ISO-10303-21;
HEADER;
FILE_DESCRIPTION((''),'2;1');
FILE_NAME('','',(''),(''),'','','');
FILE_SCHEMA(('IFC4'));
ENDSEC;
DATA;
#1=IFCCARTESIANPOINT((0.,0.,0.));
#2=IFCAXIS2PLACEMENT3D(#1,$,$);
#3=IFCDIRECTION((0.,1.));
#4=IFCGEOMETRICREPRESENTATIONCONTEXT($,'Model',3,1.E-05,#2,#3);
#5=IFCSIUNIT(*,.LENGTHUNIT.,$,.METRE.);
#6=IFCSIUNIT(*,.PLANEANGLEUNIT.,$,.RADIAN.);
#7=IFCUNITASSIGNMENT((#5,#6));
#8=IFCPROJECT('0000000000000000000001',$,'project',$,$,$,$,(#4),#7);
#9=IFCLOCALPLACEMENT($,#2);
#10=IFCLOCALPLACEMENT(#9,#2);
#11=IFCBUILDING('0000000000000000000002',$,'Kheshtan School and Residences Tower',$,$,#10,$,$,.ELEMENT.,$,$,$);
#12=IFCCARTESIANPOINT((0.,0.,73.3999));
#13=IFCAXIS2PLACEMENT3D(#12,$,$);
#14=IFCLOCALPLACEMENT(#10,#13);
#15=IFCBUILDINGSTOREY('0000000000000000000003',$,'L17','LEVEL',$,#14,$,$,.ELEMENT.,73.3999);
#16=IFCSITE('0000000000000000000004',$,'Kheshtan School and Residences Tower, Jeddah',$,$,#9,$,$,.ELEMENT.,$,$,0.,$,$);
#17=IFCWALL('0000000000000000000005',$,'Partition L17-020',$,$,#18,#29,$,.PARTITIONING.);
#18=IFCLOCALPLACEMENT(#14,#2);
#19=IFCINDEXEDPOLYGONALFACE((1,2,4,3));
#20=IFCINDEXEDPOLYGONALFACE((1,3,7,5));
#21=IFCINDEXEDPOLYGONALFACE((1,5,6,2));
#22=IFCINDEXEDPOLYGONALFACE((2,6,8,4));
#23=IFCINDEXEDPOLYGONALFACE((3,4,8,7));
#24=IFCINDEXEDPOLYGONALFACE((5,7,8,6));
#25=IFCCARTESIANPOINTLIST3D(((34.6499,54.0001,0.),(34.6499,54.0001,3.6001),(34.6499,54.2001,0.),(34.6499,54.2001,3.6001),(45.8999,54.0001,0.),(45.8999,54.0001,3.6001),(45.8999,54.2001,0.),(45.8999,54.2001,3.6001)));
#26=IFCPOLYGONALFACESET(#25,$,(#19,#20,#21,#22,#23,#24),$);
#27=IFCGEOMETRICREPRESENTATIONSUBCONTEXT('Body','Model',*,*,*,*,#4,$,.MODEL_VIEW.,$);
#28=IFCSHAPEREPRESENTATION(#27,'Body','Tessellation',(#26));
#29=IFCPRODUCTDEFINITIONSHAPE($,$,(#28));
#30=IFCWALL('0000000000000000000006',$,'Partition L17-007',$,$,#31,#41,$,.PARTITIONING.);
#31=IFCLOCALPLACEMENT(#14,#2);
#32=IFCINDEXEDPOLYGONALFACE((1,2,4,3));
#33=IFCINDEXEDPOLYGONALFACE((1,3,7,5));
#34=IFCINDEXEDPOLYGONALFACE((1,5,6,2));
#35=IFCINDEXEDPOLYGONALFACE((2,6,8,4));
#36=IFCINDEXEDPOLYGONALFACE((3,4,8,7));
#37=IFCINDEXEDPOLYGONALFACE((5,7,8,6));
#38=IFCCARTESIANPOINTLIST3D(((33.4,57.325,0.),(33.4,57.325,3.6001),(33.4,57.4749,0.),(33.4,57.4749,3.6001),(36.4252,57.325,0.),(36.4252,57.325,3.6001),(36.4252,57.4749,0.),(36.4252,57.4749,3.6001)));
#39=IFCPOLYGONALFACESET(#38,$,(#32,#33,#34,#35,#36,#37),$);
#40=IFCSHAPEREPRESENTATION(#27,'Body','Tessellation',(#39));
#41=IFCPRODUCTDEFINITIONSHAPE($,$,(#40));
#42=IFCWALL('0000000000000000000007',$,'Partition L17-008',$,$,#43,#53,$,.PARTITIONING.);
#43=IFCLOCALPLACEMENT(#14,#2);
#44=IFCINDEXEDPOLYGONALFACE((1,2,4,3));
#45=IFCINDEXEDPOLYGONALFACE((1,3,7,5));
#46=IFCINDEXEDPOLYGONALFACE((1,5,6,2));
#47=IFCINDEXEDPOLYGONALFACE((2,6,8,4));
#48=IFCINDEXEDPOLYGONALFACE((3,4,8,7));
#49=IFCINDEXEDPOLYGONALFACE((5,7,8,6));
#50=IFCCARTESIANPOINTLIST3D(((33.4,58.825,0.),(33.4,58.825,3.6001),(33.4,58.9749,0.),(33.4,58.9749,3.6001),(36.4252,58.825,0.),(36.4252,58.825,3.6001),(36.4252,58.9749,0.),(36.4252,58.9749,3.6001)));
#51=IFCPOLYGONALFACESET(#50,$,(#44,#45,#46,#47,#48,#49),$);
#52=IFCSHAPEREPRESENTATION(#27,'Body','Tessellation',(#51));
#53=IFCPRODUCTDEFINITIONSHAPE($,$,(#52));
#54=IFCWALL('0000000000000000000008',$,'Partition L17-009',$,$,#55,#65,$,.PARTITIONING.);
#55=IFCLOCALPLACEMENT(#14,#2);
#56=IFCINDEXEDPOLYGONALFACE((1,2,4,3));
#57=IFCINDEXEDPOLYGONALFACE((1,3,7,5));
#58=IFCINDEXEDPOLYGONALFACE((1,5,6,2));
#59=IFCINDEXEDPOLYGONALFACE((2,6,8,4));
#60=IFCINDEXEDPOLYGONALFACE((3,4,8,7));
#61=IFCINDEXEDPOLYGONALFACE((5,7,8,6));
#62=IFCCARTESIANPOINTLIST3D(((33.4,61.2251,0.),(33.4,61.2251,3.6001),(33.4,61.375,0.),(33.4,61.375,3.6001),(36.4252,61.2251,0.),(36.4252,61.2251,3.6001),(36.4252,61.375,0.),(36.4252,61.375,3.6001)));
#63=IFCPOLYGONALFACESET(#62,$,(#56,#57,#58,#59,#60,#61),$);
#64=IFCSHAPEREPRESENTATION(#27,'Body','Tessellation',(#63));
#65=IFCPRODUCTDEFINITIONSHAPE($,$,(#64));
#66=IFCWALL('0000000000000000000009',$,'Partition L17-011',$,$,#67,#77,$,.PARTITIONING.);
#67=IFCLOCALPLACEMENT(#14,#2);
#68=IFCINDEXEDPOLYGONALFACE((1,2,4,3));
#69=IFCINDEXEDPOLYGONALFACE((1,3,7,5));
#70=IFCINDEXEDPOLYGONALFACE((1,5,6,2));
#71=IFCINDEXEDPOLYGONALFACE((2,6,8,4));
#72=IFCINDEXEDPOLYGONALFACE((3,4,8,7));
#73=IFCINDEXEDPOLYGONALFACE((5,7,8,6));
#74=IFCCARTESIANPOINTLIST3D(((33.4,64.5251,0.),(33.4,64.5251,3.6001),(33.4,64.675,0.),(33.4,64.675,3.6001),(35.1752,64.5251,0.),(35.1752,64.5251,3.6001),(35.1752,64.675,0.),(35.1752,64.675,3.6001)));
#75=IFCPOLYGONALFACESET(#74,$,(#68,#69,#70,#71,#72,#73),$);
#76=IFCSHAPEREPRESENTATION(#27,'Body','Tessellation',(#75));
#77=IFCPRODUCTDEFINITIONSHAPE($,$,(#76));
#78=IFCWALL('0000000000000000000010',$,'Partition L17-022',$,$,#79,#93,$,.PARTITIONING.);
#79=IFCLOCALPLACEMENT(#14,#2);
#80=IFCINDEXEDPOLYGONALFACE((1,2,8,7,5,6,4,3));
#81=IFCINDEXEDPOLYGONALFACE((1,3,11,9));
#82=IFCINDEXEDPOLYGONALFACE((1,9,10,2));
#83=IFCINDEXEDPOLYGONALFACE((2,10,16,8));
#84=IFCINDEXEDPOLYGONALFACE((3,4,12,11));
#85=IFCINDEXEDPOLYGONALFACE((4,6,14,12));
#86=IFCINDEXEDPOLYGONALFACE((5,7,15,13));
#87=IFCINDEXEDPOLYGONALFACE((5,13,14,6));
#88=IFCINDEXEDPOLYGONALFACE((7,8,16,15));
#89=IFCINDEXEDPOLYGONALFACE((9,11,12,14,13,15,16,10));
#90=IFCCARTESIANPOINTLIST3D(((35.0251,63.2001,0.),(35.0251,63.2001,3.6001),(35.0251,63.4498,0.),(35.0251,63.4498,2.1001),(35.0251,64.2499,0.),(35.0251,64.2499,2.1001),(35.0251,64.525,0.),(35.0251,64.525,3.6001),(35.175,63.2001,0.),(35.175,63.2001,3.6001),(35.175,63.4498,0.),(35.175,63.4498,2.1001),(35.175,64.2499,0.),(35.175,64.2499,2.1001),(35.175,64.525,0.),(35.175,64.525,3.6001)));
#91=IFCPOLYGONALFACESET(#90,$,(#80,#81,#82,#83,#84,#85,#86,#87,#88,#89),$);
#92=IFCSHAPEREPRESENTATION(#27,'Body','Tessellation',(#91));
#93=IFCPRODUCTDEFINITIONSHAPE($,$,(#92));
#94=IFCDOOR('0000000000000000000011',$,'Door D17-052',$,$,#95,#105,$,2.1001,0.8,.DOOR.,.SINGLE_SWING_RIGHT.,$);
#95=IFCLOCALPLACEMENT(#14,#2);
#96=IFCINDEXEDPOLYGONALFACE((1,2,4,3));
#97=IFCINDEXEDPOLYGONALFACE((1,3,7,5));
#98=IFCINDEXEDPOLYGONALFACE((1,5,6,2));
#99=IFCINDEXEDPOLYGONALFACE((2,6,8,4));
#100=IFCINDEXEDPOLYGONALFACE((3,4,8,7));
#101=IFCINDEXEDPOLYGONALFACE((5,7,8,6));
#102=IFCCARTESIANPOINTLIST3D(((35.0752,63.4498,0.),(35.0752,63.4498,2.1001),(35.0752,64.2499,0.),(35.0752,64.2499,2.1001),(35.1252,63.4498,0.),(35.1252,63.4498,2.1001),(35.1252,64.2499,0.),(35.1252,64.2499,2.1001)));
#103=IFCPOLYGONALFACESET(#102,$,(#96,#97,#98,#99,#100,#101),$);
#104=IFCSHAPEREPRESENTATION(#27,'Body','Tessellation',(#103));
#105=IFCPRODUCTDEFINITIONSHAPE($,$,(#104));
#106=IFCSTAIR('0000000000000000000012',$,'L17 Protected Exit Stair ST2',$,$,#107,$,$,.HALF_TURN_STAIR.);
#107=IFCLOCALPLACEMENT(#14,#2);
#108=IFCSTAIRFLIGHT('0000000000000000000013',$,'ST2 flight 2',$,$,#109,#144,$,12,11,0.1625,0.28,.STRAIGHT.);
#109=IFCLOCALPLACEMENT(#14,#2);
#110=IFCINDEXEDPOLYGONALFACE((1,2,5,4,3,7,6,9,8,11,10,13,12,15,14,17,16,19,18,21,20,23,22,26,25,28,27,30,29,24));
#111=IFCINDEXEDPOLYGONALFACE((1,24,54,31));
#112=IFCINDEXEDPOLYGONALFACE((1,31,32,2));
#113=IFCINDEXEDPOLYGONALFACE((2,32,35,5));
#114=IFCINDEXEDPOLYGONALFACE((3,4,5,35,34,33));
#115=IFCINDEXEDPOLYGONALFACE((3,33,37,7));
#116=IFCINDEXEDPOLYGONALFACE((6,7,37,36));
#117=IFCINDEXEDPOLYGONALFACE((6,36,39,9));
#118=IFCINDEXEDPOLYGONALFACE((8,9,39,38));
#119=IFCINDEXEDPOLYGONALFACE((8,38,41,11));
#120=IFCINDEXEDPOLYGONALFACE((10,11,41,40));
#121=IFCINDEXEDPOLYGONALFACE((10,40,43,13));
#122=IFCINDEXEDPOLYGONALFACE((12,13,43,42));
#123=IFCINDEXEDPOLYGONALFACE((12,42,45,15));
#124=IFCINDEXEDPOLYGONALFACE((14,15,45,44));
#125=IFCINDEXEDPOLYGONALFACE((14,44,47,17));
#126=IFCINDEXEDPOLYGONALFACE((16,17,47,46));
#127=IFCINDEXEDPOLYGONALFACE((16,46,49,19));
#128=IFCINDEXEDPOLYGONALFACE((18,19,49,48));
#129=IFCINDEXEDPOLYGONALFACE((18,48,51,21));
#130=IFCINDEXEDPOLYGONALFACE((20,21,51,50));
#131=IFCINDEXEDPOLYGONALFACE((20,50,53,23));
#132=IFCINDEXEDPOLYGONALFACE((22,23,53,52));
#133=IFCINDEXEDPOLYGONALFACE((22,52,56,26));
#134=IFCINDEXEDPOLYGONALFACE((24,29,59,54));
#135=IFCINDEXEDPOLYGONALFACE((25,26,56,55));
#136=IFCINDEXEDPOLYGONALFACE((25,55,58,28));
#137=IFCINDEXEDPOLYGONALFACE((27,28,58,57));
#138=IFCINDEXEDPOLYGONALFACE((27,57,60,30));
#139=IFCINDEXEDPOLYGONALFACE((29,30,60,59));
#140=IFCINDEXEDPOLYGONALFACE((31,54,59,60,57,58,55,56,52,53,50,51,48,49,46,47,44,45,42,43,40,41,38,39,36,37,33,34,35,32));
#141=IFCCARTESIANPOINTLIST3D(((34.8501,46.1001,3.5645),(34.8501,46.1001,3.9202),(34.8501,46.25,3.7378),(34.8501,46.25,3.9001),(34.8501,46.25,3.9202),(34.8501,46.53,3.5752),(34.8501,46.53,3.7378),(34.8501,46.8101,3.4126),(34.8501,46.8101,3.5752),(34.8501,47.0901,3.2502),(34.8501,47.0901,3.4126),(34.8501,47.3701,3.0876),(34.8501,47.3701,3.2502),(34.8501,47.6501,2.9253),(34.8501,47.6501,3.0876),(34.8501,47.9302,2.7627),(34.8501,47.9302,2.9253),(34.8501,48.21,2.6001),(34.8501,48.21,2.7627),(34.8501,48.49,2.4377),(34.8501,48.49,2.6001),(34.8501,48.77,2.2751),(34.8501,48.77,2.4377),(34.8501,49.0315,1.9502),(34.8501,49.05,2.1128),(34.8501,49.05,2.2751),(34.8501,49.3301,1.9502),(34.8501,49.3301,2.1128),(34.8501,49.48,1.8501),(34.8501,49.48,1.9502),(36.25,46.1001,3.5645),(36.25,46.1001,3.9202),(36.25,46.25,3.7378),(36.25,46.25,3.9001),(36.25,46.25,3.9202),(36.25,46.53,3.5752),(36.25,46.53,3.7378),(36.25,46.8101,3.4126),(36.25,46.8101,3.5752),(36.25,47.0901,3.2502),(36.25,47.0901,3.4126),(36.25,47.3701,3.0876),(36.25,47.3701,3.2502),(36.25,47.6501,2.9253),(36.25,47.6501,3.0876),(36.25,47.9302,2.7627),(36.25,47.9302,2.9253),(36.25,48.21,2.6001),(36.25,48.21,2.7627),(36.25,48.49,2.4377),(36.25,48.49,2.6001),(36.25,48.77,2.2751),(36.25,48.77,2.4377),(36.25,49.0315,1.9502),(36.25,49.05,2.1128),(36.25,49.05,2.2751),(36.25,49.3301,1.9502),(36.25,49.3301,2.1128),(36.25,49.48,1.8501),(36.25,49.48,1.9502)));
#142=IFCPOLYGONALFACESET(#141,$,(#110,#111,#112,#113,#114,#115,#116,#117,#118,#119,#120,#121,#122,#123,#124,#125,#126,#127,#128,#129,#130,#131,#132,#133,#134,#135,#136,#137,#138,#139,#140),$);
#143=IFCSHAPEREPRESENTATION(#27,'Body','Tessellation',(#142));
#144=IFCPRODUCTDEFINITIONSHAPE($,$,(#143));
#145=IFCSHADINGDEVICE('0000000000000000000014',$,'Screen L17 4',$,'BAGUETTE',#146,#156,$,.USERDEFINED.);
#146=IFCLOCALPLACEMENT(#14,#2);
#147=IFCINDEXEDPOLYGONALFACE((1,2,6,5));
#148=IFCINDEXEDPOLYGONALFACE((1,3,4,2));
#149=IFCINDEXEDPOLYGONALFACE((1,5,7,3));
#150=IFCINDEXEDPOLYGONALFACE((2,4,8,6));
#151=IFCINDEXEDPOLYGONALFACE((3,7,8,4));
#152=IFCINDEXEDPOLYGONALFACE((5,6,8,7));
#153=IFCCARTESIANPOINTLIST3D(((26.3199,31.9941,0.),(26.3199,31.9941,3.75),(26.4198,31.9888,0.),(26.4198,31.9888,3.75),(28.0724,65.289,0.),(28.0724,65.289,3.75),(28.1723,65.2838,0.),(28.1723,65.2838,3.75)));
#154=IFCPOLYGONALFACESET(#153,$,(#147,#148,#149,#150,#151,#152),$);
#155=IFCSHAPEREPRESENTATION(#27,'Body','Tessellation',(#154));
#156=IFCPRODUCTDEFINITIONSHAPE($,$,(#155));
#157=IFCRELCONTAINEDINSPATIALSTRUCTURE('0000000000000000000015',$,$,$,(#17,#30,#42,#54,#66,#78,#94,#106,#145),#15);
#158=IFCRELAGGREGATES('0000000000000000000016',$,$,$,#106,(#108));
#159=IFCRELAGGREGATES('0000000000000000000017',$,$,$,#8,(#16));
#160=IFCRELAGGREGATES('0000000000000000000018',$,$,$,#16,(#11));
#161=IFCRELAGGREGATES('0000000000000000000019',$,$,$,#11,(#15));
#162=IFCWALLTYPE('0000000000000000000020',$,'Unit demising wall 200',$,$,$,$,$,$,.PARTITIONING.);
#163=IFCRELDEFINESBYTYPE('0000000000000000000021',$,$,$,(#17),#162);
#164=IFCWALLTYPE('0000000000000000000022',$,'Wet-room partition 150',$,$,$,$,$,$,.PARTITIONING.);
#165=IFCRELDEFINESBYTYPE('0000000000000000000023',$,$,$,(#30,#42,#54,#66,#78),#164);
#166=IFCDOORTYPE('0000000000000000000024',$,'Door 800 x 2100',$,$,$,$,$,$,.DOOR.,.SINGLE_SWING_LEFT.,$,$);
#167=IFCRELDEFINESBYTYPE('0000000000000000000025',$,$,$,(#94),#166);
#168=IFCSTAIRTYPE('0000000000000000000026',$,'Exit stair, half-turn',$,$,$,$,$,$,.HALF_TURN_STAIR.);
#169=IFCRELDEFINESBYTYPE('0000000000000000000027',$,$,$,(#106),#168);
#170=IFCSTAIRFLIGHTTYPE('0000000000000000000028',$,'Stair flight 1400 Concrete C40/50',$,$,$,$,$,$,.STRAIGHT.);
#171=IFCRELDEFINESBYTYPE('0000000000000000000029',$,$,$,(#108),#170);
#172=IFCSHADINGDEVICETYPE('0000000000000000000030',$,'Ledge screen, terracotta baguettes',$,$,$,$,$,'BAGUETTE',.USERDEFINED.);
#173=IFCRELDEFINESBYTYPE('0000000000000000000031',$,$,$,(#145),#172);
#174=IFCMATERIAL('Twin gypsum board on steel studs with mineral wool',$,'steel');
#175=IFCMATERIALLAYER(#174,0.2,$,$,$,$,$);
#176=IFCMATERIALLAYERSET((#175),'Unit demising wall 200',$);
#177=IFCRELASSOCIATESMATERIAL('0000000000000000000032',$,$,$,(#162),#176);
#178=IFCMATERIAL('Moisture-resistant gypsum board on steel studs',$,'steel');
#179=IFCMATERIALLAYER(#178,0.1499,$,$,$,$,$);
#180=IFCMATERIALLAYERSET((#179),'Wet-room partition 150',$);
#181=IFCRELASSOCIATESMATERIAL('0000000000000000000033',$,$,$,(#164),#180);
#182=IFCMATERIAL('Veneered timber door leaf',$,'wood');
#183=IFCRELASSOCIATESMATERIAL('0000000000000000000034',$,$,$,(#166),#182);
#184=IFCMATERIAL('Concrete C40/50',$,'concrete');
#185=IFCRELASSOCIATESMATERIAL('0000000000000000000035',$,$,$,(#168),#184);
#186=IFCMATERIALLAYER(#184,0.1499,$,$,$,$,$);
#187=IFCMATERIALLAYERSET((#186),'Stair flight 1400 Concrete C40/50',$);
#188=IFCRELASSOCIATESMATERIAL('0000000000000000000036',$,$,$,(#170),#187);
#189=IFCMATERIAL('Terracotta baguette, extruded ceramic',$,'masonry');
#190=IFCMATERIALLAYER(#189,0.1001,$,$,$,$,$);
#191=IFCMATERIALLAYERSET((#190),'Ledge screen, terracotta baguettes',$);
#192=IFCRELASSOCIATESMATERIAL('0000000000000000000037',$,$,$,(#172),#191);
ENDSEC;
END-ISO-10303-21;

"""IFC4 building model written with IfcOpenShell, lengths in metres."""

from ifc_helpers import new_model, si_unit, direction, frame, frame_2d, origin, origin_2d, place, context, subcontext, project, spatial, polyline, rectangle, outline, extrude, source, transform, mapped, material, layer, layer_set, type_object, element, fill, aggregate, save


model = new_model("IFC4")

# Units and contexts
model_context = context("Model", 3, precision=1e-05, world=origin(), true_north=direction((0.0, 1.0)))
body_context = subcontext(model_context, "Body", "Model", "MODEL_VIEW")
ifc_project = project(units=[si_unit("LENGTHUNIT", "METRE"), si_unit("PLANEANGLEUNIT", "RADIAN")], contexts=[model_context])

# Site, building, storey
site_placement = place(None, origin())
site = spatial("IfcSite", under=ifc_project, at=site_placement, Name="Kheshtan School and Residences Tower, Jeddah", CompositionType="ELEMENT", RefElevation=0.0)
building_placement = place(site_placement, origin())
building = spatial("IfcBuilding", under=site, at=building_placement, Name="Kheshtan School and Residences Tower", CompositionType="ELEMENT")
storey_placement = place(building_placement, frame((0.0, 0.0, 73.3999)))
storey = spatial("IfcBuildingStorey", under=building, at=storey_placement, Name="L17", Description="LEVEL", CompositionType="ELEMENT", Elevation=73.3999)

# Walls
ifc_material_1 = material(Name="Concrete C40/50", Category="concrete")
ifc_material_2 = material(Name="Twin gypsum board on steel studs with mineral wool", Category="steel")
ifc_layer_1 = layer(ifc_material_2, 0.2)
ifc_layer_set_1 = layer_set([ifc_layer_1], Name="Unit demising wall 200")
wall_type_1 = type_object("IfcWallType", Name="Unit demising wall 200", PredefinedType="PARTITIONING", material=ifc_layer_set_1)
wall_1_placement = place(storey_placement, frame((34.6499, 54.1001, 0.0), z_axis=(0.0, 0.0, 1.0), x_axis=(1.0, 0.0, 0.0)))
element("IfcWall", 1, at=wall_1_placement, inside=storey, type_object=wall_type_1, Name="Partition L17-020", PredefinedType="PARTITIONING", context=body_context, shape_type="SweptSolid", body=[
    extrude(rectangle(XDim=11.25, YDim=0.2, at=frame_2d((5.625, 0.0))), origin(), (0.0, 0.0, 1.0), 3.6001),
])
ifc_material_3 = material(Name="Moisture-resistant gypsum board on steel studs", Category="steel")
ifc_layer_2 = layer(ifc_material_3, 0.1499)
ifc_layer_set_2 = layer_set([ifc_layer_2], Name="Wet-room partition 150")
wall_type_2 = type_object("IfcWallType", Name="Wet-room partition 150", PredefinedType="PARTITIONING", material=ifc_layer_set_2)
for number, where, z_axis, x_axis, name in (
    (2, (33.3999, 57.3999, 0.0), (0.0, 0.0, 1.0), (1.0, 0.0, 0.0), "Partition L17-007"),
    (3, (33.3999, 58.8999, 0.0), (0.0, 0.0, 1.0), (1.0, 0.0, 0.0), "Partition L17-008"),
    (4, (33.3999, 61.3, 0.0), (0.0, 0.0, 1.0), (1.0, 0.0, 0.0), "Partition L17-009"),
):
    element("IfcWall", number, at=place(storey_placement, frame(where, z_axis=z_axis, x_axis=x_axis)), inside=storey, type_object=wall_type_2, Name=name, PredefinedType="PARTITIONING", context=body_context, shape_type="SweptSolid", body=[
        extrude(rectangle(XDim=3.0251, YDim=0.1499, at=frame_2d((1.5127, 0.0))), origin(), (0.0, 0.0, 1.0), 3.6001),
    ])
wall_2_placement = place(storey_placement, frame((33.3999, 64.6001, 0.0), z_axis=(0.0, 0.0, 1.0), x_axis=(1.0, 0.0, 0.0)))
element("IfcWall", 5, at=wall_2_placement, inside=storey, type_object=wall_type_2, Name="Partition L17-011", PredefinedType="PARTITIONING", context=body_context, shape_type="SweptSolid", body=[
    extrude(rectangle(XDim=1.7751, YDim=0.1499, at=frame_2d((0.8877, 0.0))), origin(), (0.0, 0.0, 1.0), 3.6001),
])

# Wall, opening, door
wall_3_placement = place(storey_placement, frame((35.1001, 63.2, 0.0), z_axis=(0.0, 0.0, 1.0), x_axis=(0.0, 1.0, 0.0)))
wall_3 = element("IfcWall", 6, at=wall_3_placement, inside=storey, type_object=wall_type_2, Name="Partition L17-022", PredefinedType="PARTITIONING", context=body_context, shape_type="SweptSolid", body=[
    extrude(rectangle(XDim=1.325, YDim=0.1499, at=frame_2d((0.6626, 0.0))), origin(), (0.0, 0.0, 1.0), 3.6001),
])
opening_1_placement = place(wall_3_placement, frame((0.25, 0.0, 0.0)))
opening_1 = element("IfcOpeningElement", 7, at=opening_1_placement, cuts=wall_3, PredefinedType="OPENING", context=body_context, shape_type="SweptSolid", body=[
    extrude(rectangle(XDim=0.8, YDim=2.1001, at=frame_2d((0.3999, 1.05))), frame((0.0, 0.085, 0.0), z_axis=(0.0, -1.0, 0.0), x_axis=(1.0, 0.0, 0.0)), (0.0, 0.0, 1.0), 0.1699),
])
ifc_material_4 = material(Name="Veneered timber door leaf", Category="wood")
door_type_1 = type_object("IfcDoorType", Name="Door 800 x 2100", OperationType="SINGLE_SWING_LEFT", PredefinedType="DOOR", material=ifc_material_4)
shared_shape_1 = source(origin(), body_context, "Body", "SweptSolid", [
    extrude(rectangle(XDim=0.8, YDim=2.1001, at=frame_2d((0.3999, 1.05))), frame((0.0, 0.0249, 0.0), z_axis=(0.0, -1.0, 0.0), x_axis=(1.0, 0.0, 0.0)), (0.0, 0.0, 1.0), 0.05),
])
door_1_placement = place(opening_1_placement, origin())
door_1 = element("IfcDoor", 8, at=door_1_placement, inside=storey, type_object=door_type_1, Name="Door D17-052", OperationType="SINGLE_SWING_RIGHT", OverallHeight=2.1001, OverallWidth=0.8, PredefinedType="DOOR", context=body_context, shape_type="MappedRepresentation", body=[
    mapped(shared_shape_1, transform((0.0, 0.0, 0.0), x_axis=(1.0, 0.0, 0.0), y_axis=(0.0, 1.0, 0.0), z_axis=(0.0, 0.0, 1.0), scale=1.0)),
])
fill(opening_1, door_1)

# Stair, stair flight
stair_type = type_object("IfcStairType", Name="Exit stair, half-turn", PredefinedType="HALF_TURN_STAIR", material=ifc_material_1)
stair_placement = place(storey_placement, origin())
stair = element("IfcStair", 9, at=stair_placement, inside=storey, type_object=stair_type, Name="L17 Protected Exit Stair ST2", PredefinedType="HALF_TURN_STAIR")
ifc_layer_3 = layer(ifc_material_1, 0.1499)
ifc_layer_set_3 = layer_set([ifc_layer_3], Name="Stair flight 1400 Concrete C40/50")
stair_flight_type = type_object("IfcStairFlightType", Name="Stair flight 1400 Concrete C40/50", PredefinedType="STRAIGHT", material=ifc_layer_set_3)
stair_flight_placement = place(storey_placement, frame((35.55, 49.3301, 1.9502), z_axis=(0.0, 0.0, 1.0), x_axis=(0.0, -1.0, 0.0)))
stair_flight = element("IfcStairFlight", 10, at=stair_flight_placement, type_object=stair_flight_type, Name="ST2 flight 2", NumberOfRisers=12, NumberOfTreads=11, PredefinedType="STRAIGHT", RiserHeight=0.1625, TreadLength=0.28, context=body_context, shape_type="SweptSolid", body=[
    extrude(outline(polyline([(-0.1499, -0.1001), (-0.1499, 0.0), (0.0, 0.0), (0.0, 0.1626), (0.28, 0.1626), (0.28, 0.325), (0.5601, 0.325), (0.5601, 0.4875), (0.8401, 0.4875), (0.8401, 0.6499), (1.1201, 0.6499), (1.1201, 0.8125), (1.3999, 0.8125), (1.3999, 0.9751), (1.6799, 0.9751), (1.6799, 1.1375), (1.96, 1.1375), (1.96, 1.3), (2.24, 1.3), (2.24, 1.4624), (2.52, 1.4624), (2.52, 1.625), (2.8, 1.625), (2.8, 1.7876), (3.0801, 1.7876), (3.0801, 1.95), (3.0801, 1.97), (3.23, 1.97), (3.23, 1.6143), (0.2986, 0.0), (-0.1499, -0.1001)])), frame((0.0, 0.7, 0.0), z_axis=(0.0, -1.0, 0.0), x_axis=(1.0, 0.0, 0.0)), (0.0, 0.0, 1.0), 1.3999),
])
aggregate(stair, [stair_flight])

# Shading device
ifc_material_5 = material(Name="Terracotta baguette, extruded ceramic", Category="masonry")
ifc_layer_4 = layer(ifc_material_5, 0.1001)
ifc_layer_set_4 = layer_set([ifc_layer_4], Name="Ledge screen, terracotta baguettes")
shading_device_type = type_object("IfcShadingDeviceType", Name="Ledge screen, terracotta baguettes", ElementType="BAGUETTE", PredefinedType="USERDEFINED", material=ifc_layer_set_4)
shading_device_placement = place(storey_placement, frame((27.2461, 48.6389, 0.0), z_axis=(0.0, 0.0, 1.0), x_axis=(0.052563, 0.998618, 0.0)))
element("IfcShadingDevice", 11, at=shading_device_placement, inside=storey, type_object=shading_device_type, Name="Screen L17 4", ObjectType="BAGUETTE", PredefinedType="USERDEFINED", context=body_context, shape_type="SweptSolid", body=[
    extrude(rectangle(XDim=33.3411, YDim=0.1001, at=origin_2d()), origin(), (0.0, 0.0, 1.0), 3.75),
])

save(model, "model.ifc")
